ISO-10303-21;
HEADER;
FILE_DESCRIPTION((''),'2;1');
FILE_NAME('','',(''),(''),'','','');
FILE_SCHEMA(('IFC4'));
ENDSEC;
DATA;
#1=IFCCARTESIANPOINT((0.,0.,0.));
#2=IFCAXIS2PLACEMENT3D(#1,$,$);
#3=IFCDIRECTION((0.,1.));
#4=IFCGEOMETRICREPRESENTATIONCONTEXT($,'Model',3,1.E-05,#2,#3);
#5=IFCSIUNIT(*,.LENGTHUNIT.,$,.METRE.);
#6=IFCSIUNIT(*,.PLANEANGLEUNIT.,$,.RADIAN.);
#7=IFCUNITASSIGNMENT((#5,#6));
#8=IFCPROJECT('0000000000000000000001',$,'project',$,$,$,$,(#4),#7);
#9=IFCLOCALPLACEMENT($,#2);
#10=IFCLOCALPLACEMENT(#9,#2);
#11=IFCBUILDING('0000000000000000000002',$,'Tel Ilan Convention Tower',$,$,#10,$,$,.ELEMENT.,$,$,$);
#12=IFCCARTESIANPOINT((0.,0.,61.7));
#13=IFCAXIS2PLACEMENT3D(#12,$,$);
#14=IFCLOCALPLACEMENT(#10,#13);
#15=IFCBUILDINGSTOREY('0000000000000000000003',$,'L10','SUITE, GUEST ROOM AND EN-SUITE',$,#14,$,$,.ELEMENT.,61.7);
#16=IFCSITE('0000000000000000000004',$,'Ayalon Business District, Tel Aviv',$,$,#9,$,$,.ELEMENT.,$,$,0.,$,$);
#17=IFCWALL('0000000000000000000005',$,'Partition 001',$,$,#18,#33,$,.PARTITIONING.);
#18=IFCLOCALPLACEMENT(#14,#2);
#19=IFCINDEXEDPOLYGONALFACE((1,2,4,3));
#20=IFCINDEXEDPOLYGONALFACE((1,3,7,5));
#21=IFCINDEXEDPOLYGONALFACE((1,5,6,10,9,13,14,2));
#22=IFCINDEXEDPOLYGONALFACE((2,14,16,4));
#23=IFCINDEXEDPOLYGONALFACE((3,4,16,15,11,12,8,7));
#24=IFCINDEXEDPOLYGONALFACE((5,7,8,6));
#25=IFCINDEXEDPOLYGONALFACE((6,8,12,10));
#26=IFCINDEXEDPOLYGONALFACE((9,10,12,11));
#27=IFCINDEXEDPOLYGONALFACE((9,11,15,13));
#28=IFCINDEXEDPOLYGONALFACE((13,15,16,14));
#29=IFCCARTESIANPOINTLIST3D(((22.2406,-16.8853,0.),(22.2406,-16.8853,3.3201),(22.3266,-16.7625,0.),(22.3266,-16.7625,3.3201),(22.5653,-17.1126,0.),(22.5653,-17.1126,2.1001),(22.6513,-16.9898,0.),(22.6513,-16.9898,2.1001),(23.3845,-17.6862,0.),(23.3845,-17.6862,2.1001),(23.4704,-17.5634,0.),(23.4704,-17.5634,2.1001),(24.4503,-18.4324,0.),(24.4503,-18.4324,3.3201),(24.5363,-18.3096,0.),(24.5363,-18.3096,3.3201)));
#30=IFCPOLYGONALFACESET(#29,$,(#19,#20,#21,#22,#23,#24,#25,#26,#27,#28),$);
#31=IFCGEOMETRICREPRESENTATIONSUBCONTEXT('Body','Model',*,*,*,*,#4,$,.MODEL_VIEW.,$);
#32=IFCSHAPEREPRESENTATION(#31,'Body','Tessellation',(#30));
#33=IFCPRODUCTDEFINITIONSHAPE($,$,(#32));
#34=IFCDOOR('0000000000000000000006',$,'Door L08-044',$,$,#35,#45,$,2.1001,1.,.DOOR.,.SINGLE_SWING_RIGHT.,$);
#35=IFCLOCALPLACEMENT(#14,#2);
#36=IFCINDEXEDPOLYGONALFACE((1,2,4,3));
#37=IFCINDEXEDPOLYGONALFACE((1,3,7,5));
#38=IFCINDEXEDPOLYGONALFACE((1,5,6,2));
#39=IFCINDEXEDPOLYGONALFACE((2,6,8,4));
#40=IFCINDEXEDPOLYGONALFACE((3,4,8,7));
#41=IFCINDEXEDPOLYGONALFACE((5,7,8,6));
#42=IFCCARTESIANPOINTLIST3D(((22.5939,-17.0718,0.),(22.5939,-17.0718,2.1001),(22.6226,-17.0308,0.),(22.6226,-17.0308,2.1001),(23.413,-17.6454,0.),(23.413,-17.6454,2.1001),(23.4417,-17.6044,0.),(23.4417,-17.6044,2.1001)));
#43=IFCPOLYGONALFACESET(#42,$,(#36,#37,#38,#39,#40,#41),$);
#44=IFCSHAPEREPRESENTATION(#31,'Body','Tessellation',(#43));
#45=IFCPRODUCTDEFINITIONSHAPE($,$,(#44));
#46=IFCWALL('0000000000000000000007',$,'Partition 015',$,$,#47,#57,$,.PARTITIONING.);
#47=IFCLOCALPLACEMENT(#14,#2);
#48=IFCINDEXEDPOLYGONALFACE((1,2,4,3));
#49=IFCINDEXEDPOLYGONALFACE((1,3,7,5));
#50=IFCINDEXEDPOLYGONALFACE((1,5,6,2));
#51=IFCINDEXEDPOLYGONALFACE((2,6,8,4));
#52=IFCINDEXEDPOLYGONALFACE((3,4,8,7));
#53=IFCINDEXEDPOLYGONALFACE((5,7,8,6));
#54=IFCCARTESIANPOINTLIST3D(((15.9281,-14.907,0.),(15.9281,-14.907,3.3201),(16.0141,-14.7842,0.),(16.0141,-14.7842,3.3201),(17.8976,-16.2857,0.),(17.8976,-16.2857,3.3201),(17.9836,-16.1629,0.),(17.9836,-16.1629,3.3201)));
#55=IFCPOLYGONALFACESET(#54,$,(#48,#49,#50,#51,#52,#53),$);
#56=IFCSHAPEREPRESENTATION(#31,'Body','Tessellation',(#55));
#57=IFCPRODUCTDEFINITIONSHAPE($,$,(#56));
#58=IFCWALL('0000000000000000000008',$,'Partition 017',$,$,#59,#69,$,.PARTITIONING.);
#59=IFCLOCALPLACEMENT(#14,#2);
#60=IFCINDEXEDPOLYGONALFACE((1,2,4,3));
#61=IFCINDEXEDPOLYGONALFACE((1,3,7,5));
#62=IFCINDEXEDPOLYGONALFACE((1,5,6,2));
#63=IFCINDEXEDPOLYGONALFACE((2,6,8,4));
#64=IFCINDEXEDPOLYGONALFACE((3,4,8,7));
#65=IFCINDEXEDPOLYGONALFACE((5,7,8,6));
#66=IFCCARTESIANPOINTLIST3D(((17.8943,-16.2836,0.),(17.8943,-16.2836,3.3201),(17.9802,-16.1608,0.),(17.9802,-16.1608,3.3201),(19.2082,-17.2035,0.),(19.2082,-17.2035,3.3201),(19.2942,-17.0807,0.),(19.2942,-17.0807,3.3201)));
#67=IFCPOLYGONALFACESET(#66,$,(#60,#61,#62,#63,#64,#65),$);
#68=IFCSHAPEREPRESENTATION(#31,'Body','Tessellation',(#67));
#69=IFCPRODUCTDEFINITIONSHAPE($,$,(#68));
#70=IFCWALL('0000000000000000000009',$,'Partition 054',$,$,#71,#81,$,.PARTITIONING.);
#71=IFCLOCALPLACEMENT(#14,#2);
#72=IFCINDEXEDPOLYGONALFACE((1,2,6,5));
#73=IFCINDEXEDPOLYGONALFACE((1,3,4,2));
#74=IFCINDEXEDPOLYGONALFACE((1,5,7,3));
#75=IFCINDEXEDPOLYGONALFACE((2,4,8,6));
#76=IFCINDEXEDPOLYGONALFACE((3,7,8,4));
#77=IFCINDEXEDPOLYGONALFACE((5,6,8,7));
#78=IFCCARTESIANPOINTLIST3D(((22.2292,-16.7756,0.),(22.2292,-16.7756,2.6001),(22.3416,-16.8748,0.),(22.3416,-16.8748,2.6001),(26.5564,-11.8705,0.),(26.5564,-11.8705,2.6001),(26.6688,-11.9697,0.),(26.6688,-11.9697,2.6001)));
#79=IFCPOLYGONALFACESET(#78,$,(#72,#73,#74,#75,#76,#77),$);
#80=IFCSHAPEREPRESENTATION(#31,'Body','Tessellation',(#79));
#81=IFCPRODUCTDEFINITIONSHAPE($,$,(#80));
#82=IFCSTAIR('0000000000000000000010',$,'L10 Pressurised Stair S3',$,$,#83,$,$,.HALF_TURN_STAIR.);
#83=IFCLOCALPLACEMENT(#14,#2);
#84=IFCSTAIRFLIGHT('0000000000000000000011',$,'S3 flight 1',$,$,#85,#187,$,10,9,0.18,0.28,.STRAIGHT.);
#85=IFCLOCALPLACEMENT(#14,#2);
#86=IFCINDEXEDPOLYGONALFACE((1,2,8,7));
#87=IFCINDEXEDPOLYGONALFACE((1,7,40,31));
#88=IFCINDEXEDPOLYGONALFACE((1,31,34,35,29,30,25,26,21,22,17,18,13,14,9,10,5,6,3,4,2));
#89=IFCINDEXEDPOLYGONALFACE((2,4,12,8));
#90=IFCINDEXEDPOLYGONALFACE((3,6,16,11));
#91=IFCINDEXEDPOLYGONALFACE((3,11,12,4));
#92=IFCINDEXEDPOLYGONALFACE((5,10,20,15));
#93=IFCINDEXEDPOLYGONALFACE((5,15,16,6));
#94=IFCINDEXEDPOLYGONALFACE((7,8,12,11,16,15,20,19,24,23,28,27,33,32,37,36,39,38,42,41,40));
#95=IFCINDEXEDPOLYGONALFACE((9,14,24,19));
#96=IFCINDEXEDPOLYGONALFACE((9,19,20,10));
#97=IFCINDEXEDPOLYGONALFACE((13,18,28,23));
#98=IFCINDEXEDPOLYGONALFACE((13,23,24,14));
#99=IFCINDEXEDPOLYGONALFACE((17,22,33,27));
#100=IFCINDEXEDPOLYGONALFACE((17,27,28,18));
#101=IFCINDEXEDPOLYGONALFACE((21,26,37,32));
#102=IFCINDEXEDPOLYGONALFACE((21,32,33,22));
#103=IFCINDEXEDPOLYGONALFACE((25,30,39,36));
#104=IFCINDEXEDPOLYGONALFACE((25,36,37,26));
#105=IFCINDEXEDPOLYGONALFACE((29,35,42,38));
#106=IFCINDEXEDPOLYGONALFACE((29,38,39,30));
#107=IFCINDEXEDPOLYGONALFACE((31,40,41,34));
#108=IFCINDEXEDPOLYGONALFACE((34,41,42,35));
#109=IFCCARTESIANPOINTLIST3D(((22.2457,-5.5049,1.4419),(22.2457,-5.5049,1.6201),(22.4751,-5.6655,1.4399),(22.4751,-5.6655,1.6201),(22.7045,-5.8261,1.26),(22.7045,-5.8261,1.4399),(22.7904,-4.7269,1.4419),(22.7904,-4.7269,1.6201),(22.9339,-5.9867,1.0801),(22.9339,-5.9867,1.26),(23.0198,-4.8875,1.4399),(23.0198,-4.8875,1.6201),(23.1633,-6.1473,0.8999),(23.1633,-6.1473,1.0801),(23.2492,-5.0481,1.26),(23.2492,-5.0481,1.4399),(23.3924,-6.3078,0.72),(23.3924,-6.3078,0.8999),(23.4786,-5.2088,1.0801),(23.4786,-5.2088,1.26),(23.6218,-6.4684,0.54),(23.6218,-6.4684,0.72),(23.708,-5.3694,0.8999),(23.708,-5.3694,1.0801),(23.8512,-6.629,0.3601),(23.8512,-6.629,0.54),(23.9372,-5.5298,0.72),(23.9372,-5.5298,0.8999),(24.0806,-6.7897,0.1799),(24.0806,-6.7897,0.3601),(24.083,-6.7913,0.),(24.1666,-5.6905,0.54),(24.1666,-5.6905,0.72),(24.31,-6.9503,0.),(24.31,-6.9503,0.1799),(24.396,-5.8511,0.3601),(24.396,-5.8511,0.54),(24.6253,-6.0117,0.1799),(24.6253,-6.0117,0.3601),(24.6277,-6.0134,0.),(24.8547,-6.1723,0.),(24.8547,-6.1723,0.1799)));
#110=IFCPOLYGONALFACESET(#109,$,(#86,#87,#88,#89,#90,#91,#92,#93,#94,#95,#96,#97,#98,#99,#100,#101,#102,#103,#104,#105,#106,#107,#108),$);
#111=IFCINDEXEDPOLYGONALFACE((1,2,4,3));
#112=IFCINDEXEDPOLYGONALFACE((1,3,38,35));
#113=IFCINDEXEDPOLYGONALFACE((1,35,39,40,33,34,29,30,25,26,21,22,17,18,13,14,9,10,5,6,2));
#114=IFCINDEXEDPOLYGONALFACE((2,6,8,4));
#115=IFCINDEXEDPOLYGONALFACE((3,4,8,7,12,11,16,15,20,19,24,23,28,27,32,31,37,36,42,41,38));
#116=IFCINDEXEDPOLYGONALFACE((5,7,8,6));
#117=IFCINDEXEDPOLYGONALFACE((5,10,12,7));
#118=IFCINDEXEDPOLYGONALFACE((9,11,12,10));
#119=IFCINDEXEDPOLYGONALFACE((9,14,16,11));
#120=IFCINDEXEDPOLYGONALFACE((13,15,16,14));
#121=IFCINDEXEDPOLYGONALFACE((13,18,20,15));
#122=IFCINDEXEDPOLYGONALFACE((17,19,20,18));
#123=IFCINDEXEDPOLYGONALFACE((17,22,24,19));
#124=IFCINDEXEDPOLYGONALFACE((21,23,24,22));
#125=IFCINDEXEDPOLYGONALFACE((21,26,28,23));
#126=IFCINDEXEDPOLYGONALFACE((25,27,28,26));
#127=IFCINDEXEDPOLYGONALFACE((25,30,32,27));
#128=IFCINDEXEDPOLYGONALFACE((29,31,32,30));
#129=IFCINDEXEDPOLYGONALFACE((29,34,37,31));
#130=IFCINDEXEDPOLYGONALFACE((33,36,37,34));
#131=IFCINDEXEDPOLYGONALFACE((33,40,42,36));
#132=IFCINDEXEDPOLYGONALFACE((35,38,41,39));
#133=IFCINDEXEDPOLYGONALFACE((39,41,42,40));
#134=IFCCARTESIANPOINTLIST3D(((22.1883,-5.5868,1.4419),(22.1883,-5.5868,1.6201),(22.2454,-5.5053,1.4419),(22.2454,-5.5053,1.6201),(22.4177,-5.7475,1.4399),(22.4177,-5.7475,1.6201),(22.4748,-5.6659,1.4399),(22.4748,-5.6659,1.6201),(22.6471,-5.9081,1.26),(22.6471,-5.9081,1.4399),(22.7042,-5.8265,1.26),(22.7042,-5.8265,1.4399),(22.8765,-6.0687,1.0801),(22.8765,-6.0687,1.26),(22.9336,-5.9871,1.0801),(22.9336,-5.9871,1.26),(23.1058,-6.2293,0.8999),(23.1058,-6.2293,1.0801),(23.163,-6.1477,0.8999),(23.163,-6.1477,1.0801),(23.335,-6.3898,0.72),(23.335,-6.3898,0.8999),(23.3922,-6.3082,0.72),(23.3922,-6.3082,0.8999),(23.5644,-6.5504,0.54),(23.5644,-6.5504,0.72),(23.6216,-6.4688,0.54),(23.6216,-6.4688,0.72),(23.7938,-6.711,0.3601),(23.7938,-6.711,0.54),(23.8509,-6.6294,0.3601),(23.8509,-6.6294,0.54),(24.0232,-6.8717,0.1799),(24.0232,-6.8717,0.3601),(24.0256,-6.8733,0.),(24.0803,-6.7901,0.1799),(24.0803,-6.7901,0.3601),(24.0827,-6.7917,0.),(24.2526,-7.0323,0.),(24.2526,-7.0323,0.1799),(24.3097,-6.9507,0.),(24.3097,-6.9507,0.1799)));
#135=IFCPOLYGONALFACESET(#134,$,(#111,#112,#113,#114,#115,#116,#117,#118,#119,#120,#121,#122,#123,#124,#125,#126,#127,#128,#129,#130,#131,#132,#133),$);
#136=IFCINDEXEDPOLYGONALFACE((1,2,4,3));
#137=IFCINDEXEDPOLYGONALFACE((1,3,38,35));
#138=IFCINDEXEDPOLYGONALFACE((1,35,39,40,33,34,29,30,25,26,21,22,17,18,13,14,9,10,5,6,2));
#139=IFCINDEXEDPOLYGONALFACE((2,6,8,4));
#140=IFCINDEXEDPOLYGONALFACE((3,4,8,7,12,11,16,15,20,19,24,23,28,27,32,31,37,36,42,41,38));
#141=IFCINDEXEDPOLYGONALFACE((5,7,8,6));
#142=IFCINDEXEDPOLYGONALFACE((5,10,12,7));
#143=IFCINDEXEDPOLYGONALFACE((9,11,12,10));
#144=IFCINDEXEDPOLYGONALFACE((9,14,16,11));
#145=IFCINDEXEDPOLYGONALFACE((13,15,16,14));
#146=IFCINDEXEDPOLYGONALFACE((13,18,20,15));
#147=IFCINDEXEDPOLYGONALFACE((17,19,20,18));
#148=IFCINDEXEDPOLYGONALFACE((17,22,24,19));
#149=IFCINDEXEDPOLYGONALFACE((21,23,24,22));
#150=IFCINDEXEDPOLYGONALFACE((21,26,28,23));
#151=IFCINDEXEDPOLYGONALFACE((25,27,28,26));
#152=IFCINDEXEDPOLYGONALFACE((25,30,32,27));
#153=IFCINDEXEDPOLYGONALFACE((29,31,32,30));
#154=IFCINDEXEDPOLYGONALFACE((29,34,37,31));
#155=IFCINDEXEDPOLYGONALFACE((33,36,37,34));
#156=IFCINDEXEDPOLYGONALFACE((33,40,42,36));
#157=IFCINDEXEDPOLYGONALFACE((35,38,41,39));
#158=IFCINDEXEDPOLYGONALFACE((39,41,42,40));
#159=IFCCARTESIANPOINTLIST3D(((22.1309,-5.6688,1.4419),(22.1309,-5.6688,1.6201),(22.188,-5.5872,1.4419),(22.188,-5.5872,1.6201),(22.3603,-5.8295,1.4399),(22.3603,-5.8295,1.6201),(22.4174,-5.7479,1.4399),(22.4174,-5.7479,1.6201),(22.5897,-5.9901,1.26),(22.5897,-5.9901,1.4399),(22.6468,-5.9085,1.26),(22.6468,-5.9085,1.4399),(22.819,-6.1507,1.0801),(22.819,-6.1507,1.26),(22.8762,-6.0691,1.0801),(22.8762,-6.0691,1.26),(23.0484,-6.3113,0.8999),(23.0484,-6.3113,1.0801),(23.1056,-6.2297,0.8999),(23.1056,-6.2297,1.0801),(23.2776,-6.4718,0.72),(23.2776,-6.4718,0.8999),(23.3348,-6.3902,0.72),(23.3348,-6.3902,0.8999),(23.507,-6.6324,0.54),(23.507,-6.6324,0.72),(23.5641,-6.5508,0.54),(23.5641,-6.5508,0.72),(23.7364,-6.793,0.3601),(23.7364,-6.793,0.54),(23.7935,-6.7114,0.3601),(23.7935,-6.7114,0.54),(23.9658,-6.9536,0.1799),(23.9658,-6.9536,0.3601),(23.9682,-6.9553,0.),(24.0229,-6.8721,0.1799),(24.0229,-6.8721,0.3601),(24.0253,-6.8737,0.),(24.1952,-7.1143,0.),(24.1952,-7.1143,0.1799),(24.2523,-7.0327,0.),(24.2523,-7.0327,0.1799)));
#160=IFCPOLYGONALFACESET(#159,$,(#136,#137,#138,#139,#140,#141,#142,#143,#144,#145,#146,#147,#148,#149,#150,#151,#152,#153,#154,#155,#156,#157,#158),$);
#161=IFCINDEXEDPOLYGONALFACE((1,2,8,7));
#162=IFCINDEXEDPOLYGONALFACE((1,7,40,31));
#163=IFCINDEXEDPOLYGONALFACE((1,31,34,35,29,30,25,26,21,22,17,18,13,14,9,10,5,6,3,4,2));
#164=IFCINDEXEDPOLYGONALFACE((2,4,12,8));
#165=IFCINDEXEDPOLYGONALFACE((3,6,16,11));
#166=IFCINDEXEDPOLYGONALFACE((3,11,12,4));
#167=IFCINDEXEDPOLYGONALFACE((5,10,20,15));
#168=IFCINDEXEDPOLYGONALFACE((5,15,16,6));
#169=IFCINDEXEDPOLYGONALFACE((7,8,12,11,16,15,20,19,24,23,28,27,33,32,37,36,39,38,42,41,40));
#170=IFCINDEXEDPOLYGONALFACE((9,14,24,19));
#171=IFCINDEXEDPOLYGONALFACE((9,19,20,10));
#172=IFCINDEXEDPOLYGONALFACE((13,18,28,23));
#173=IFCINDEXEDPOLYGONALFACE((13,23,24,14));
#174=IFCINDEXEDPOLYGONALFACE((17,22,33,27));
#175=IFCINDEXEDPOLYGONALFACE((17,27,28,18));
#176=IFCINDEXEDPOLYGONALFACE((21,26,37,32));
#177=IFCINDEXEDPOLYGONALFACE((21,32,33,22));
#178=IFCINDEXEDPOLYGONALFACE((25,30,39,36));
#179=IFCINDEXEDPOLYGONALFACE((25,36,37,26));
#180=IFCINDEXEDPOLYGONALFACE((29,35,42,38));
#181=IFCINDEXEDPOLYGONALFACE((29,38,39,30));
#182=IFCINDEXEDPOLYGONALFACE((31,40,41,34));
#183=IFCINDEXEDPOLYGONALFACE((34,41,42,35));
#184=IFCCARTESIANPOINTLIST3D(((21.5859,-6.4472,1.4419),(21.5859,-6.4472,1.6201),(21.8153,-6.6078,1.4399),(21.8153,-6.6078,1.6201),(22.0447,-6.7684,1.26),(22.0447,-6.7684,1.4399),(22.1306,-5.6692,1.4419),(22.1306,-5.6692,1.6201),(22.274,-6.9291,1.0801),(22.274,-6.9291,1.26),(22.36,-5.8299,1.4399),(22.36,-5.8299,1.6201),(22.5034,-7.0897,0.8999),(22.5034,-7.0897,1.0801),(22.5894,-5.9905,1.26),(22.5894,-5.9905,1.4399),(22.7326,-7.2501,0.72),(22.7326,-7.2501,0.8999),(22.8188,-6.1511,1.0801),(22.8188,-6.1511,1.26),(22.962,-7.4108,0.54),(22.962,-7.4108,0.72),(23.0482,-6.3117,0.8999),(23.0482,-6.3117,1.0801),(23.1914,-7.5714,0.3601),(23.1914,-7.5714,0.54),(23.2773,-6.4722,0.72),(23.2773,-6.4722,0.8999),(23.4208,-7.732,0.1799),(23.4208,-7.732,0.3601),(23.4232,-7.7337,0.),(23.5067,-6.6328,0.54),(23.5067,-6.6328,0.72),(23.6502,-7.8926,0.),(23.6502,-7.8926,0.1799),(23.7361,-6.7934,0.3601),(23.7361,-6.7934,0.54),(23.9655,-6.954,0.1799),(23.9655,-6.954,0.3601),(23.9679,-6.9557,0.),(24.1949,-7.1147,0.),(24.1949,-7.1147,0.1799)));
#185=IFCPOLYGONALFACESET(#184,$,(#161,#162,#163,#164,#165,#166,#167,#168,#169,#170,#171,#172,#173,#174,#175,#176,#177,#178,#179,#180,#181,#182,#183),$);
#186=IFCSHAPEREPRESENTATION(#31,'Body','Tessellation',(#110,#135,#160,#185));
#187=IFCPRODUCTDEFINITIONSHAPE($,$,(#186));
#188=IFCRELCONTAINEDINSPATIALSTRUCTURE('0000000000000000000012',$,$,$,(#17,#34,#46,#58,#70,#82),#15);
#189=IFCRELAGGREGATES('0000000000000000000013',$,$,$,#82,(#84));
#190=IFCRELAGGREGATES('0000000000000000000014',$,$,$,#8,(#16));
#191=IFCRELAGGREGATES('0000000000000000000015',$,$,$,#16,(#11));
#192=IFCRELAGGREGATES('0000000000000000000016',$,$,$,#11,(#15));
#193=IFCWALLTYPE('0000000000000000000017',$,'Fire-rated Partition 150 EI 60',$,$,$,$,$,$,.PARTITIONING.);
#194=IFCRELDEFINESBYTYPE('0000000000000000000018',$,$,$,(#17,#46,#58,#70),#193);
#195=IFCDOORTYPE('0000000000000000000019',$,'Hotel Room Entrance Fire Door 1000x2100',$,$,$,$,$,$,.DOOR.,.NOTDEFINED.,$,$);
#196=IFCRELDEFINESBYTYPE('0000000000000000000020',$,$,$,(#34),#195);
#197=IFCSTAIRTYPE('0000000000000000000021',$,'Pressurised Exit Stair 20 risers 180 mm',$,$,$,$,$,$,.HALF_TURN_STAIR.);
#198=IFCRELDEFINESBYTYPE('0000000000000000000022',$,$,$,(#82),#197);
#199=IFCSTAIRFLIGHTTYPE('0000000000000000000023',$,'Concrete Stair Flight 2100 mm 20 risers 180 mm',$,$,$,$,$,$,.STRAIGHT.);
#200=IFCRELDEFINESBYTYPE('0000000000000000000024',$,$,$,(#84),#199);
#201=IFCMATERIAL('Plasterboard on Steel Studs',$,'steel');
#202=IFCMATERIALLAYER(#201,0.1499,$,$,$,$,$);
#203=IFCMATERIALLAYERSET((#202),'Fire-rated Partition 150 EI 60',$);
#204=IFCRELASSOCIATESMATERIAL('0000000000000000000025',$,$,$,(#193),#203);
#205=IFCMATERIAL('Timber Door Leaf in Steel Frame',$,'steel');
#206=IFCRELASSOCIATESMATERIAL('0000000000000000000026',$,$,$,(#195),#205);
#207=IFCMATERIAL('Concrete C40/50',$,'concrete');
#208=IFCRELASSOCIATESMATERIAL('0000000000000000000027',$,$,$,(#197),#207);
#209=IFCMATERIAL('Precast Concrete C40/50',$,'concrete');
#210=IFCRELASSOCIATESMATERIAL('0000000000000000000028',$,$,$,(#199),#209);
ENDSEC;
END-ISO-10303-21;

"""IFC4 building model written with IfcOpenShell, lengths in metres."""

from ifc_helpers import new_model, si_unit, direction, frame, frame_2d, origin, place, context, subcontext, project, spatial, polyline, rectangle, outline, extrude, material, layer, layer_set, type_object, element, fill, aggregate, save


model = new_model("IFC4")

# Units and contexts
model_context = context("Model", 3, precision=1e-05, world=origin(), true_north=direction((0.0, 1.0)))
body_context = subcontext(model_context, "Body", "Model", "MODEL_VIEW")
ifc_project = project(units=[si_unit("LENGTHUNIT", "METRE"), si_unit("PLANEANGLEUNIT", "RADIAN")], contexts=[model_context])

# Site, building, storey
site_placement = place(None, origin())
site = spatial("IfcSite", under=ifc_project, at=site_placement, Name="Ayalon Business District, Tel Aviv", CompositionType="ELEMENT", RefElevation=0.0)
building_placement = place(site_placement, origin())
building = spatial("IfcBuilding", under=site, at=building_placement, Name="Tel Ilan Convention Tower", CompositionType="ELEMENT")
storey_placement = place(building_placement, frame((0.0, 0.0, 61.7)))
storey = spatial("IfcBuildingStorey", under=building, at=storey_placement, Name="L10", Description="SUITE, GUEST ROOM AND EN-SUITE", CompositionType="ELEMENT", Elevation=61.7)

# Wall, opening, door
ifc_material_1 = material(Name="Plasterboard on Steel Studs", Category="steel")
ifc_layer_1 = layer(ifc_material_1, 0.1499)
ifc_layer_set_1 = layer_set([ifc_layer_1], Name="Fire-rated Partition 150 EI 60")
wall_type_1 = type_object("IfcWallType", Name="Fire-rated Partition 150 EI 60", PredefinedType="PARTITIONING", material=ifc_layer_set_1)
wall_1_placement = place(storey_placement, frame((22.2837, -16.824, 0.0), z_axis=(0.0, 0.0, 1.0), x_axis=(0.819177, -0.573541, 0.0)))
wall_1 = element("IfcWall", 1, at=wall_1_placement, inside=storey, type_object=wall_type_1, Name="Partition 001", PredefinedType="PARTITIONING", context=body_context, shape_type="SweptSolid", body=[
    extrude(rectangle(XDim=2.6975, YDim=0.1499, at=frame_2d((1.3486, 0.0))), origin(), (0.0, 0.0, 1.0), 3.3201),
])
opening_1_placement = place(wall_1_placement, frame((0.3962, 0.0, 0.0)))
opening_1 = element("IfcOpeningElement", 2, at=opening_1_placement, cuts=wall_1, PredefinedType="OPENING", context=body_context, shape_type="SweptSolid", body=[
    extrude(rectangle(XDim=1.0, YDim=2.1001, at=frame_2d((0.5, 1.05))), frame((0.0, 0.085, 0.0), z_axis=(0.0, -1.0, 0.0), x_axis=(1.0, 0.0, 0.0)), (0.0, 0.0, 1.0), 0.1699),
])
ifc_material_2 = material(Name="Timber Door Leaf in Steel Frame", Category="steel")
door_type_1 = type_object("IfcDoorType", Name="Hotel Room Entrance Fire Door 1000x2100", OperationType="NOTDEFINED", PredefinedType="DOOR", material=ifc_material_2)
door_1_placement = place(opening_1_placement, origin())
door_1 = element("IfcDoor", 3, at=door_1_placement, inside=storey, type_object=door_type_1, Name="Door L08-044", OperationType="SINGLE_SWING_RIGHT", OverallHeight=2.1001, OverallWidth=1.0, PredefinedType="DOOR", context=body_context, shape_type="SweptSolid", body=[
    extrude(rectangle(XDim=1.0, YDim=2.1001, at=frame_2d((0.5, 1.05))), frame((0.0, 0.0249, 0.0), z_axis=(0.0, -1.0, 0.0), x_axis=(1.0, 0.0, 0.0)), (0.0, 0.0, 1.0), 0.05),
])
fill(opening_1, door_1)

# Walls
wall_2_placement = place(storey_placement, frame((17.9407, -16.2244, 0.0), z_axis=(0.0, 0.0, 1.0), x_axis=(-0.819227, 0.573469, 0.0)))
element("IfcWall", 4, at=wall_2_placement, inside=storey, type_object=wall_type_1, Name="Partition 015", PredefinedType="PARTITIONING", context=body_context, shape_type="SweptSolid", body=[
    extrude(rectangle(XDim=2.4041, YDim=0.1499, at=frame_2d((1.2021, 0.0))), origin(), (0.0, 0.0, 1.0), 3.3201),
])
wall_3_placement = place(storey_placement, frame((19.2512, -17.1421, 0.0), z_axis=(0.0, 0.0, 1.0), x_axis=(-0.819189, 0.573524, 0.0)))
element("IfcWall", 5, at=wall_3_placement, inside=storey, type_object=wall_type_1, Name="Partition 017", PredefinedType="PARTITIONING", context=body_context, shape_type="SweptSolid", body=[
    extrude(rectangle(XDim=1.604, YDim=0.1499, at=frame_2d((0.802, 0.0))), origin(), (0.0, 0.0, 1.0), 3.3201),
])
wall_4_placement = place(storey_placement, frame((22.2854, -16.8252, 0.0), z_axis=(0.0, 0.0, 1.0), x_axis=(0.661551, 0.7499, 0.0)))
element("IfcWall", 6, at=wall_4_placement, inside=storey, type_object=wall_type_1, Name="Partition 054", PredefinedType="PARTITIONING", context=body_context, shape_type="SweptSolid", body=[
    extrude(rectangle(XDim=6.541, YDim=0.1499, at=frame_2d((3.2705, 0.0))), origin(), (0.0, 0.0, 1.0), 2.6001),
])

# Stair, stair flight
ifc_material_3 = material(Name="Concrete C40/50", Category="concrete")
stair_type = type_object("IfcStairType", Name="Pressurised Exit Stair 20 risers 180 mm", PredefinedType="HALF_TURN_STAIR", material=ifc_material_3)
stair_1_placement = place(storey_placement, origin())
stair_1 = element("IfcStair", 7, at=stair_1_placement, inside=storey, type_object=stair_type, Name="L10 Pressurised Stair S3", PredefinedType="HALF_TURN_STAIR")
ifc_material_4 = material(Name="Precast Concrete C40/50", Category="concrete")
stair_flight_type = type_object("IfcStairFlightType", Name="Concrete Stair Flight 2100 mm 20 risers 180 mm", PredefinedType="STRAIGHT", material=ifc_material_4)
stair_flight_1_placement = place(storey_placement, frame((24.2524, -7.0325, 0.0), z_axis=(0.0, 0.0, 1.0), x_axis=(-0.819152, 0.573576, 0.0)))
stair_flight_1 = element("IfcStairFlight", 8, at=stair_flight_1_placement, type_object=stair_flight_type, Name="S3 flight 1", NumberOfRisers=10, NumberOfTreads=9, PredefinedType="STRAIGHT", RiserHeight=0.18, TreadLength=0.28, context=body_context, shape_type="SweptSolid", body=[
    extrude(outline(polyline([(0.0, 0.0), (0.0, 0.1799), (0.28, 0.1799), (0.28, 0.3601), (0.5601, 0.3601), (0.5601, 0.54), (0.8401, 0.54), (0.8401, 0.72), (1.1201, 0.72), (1.1201, 0.8999), (1.3999, 0.8999), (1.3999, 1.0801), (1.6799, 1.0801), (1.6799, 1.26), (1.96, 1.26), (1.96, 1.4399), (2.24, 1.4399), (2.24, 1.6201), (2.52, 1.6201), (2.52, 1.8), (2.52, 1.4419), (0.2771, 0.0), (0.0, 0.0)])), frame((0.0, -0.1003, 0.0), z_axis=(0.0, -1.0, 0.0), x_axis=(1.0, 0.0, 0.0)), (0.0, 0.0, 1.0), 0.9497),
    extrude(outline(polyline([(0.0, 0.0), (0.0, 0.1799), (0.28, 0.1799), (0.28, 0.3601), (0.5601, 0.3601), (0.5601, 0.54), (0.8401, 0.54), (0.8401, 0.72), (1.1201, 0.72), (1.1201, 0.8999), (1.3999, 0.8999), (1.3999, 1.0801), (1.6799, 1.0801), (1.6799, 1.26), (1.96, 1.26), (1.96, 1.4399), (2.24, 1.4399), (2.24, 1.6201), (2.52, 1.6201), (2.52, 1.8), (2.52, 1.4419), (0.2771, 0.0), (0.0, 0.0)])), frame((0.0, -0.0002, 0.0), z_axis=(0.0, -1.0, 0.0), x_axis=(1.0, 0.0, 0.0)), (0.0, 0.0, 1.0), 0.0996),
    extrude(outline(polyline([(0.0, 0.0), (0.0, 0.1799), (0.28, 0.1799), (0.28, 0.3601), (0.5601, 0.3601), (0.5601, 0.54), (0.8401, 0.54), (0.8401, 0.72), (1.1201, 0.72), (1.1201, 0.8999), (1.3999, 0.8999), (1.3999, 1.0801), (1.6799, 1.0801), (1.6799, 1.26), (1.96, 1.26), (1.96, 1.4399), (2.24, 1.4399), (2.24, 1.6201), (2.52, 1.6201), (2.52, 1.8), (2.52, 1.4419), (0.2771, 0.0), (0.0, 0.0)])), frame((0.0, 0.0999, 0.0), z_axis=(0.0, -1.0, 0.0), x_axis=(1.0, 0.0, 0.0)), (0.0, 0.0, 1.0), 0.0996),
    extrude(outline(polyline([(0.0, 0.0), (0.0, 0.1799), (0.28, 0.1799), (0.28, 0.3601), (0.5601, 0.3601), (0.5601, 0.54), (0.8401, 0.54), (0.8401, 0.72), (1.1201, 0.72), (1.1201, 0.8999), (1.3999, 0.8999), (1.3999, 1.0801), (1.6799, 1.0801), (1.6799, 1.26), (1.96, 1.26), (1.96, 1.4399), (2.24, 1.4399), (2.24, 1.6201), (2.52, 1.6201), (2.52, 1.8), (2.52, 1.4419), (0.2771, 0.0), (0.0, 0.0)])), frame((0.0, 1.05, 0.0), z_axis=(0.0, -1.0, 0.0), x_axis=(1.0, 0.0, 0.0)), (0.0, 0.0, 1.0), 0.9497),
])
aggregate(stair_1, [stair_flight_1])

save(model, "model.ifc")
